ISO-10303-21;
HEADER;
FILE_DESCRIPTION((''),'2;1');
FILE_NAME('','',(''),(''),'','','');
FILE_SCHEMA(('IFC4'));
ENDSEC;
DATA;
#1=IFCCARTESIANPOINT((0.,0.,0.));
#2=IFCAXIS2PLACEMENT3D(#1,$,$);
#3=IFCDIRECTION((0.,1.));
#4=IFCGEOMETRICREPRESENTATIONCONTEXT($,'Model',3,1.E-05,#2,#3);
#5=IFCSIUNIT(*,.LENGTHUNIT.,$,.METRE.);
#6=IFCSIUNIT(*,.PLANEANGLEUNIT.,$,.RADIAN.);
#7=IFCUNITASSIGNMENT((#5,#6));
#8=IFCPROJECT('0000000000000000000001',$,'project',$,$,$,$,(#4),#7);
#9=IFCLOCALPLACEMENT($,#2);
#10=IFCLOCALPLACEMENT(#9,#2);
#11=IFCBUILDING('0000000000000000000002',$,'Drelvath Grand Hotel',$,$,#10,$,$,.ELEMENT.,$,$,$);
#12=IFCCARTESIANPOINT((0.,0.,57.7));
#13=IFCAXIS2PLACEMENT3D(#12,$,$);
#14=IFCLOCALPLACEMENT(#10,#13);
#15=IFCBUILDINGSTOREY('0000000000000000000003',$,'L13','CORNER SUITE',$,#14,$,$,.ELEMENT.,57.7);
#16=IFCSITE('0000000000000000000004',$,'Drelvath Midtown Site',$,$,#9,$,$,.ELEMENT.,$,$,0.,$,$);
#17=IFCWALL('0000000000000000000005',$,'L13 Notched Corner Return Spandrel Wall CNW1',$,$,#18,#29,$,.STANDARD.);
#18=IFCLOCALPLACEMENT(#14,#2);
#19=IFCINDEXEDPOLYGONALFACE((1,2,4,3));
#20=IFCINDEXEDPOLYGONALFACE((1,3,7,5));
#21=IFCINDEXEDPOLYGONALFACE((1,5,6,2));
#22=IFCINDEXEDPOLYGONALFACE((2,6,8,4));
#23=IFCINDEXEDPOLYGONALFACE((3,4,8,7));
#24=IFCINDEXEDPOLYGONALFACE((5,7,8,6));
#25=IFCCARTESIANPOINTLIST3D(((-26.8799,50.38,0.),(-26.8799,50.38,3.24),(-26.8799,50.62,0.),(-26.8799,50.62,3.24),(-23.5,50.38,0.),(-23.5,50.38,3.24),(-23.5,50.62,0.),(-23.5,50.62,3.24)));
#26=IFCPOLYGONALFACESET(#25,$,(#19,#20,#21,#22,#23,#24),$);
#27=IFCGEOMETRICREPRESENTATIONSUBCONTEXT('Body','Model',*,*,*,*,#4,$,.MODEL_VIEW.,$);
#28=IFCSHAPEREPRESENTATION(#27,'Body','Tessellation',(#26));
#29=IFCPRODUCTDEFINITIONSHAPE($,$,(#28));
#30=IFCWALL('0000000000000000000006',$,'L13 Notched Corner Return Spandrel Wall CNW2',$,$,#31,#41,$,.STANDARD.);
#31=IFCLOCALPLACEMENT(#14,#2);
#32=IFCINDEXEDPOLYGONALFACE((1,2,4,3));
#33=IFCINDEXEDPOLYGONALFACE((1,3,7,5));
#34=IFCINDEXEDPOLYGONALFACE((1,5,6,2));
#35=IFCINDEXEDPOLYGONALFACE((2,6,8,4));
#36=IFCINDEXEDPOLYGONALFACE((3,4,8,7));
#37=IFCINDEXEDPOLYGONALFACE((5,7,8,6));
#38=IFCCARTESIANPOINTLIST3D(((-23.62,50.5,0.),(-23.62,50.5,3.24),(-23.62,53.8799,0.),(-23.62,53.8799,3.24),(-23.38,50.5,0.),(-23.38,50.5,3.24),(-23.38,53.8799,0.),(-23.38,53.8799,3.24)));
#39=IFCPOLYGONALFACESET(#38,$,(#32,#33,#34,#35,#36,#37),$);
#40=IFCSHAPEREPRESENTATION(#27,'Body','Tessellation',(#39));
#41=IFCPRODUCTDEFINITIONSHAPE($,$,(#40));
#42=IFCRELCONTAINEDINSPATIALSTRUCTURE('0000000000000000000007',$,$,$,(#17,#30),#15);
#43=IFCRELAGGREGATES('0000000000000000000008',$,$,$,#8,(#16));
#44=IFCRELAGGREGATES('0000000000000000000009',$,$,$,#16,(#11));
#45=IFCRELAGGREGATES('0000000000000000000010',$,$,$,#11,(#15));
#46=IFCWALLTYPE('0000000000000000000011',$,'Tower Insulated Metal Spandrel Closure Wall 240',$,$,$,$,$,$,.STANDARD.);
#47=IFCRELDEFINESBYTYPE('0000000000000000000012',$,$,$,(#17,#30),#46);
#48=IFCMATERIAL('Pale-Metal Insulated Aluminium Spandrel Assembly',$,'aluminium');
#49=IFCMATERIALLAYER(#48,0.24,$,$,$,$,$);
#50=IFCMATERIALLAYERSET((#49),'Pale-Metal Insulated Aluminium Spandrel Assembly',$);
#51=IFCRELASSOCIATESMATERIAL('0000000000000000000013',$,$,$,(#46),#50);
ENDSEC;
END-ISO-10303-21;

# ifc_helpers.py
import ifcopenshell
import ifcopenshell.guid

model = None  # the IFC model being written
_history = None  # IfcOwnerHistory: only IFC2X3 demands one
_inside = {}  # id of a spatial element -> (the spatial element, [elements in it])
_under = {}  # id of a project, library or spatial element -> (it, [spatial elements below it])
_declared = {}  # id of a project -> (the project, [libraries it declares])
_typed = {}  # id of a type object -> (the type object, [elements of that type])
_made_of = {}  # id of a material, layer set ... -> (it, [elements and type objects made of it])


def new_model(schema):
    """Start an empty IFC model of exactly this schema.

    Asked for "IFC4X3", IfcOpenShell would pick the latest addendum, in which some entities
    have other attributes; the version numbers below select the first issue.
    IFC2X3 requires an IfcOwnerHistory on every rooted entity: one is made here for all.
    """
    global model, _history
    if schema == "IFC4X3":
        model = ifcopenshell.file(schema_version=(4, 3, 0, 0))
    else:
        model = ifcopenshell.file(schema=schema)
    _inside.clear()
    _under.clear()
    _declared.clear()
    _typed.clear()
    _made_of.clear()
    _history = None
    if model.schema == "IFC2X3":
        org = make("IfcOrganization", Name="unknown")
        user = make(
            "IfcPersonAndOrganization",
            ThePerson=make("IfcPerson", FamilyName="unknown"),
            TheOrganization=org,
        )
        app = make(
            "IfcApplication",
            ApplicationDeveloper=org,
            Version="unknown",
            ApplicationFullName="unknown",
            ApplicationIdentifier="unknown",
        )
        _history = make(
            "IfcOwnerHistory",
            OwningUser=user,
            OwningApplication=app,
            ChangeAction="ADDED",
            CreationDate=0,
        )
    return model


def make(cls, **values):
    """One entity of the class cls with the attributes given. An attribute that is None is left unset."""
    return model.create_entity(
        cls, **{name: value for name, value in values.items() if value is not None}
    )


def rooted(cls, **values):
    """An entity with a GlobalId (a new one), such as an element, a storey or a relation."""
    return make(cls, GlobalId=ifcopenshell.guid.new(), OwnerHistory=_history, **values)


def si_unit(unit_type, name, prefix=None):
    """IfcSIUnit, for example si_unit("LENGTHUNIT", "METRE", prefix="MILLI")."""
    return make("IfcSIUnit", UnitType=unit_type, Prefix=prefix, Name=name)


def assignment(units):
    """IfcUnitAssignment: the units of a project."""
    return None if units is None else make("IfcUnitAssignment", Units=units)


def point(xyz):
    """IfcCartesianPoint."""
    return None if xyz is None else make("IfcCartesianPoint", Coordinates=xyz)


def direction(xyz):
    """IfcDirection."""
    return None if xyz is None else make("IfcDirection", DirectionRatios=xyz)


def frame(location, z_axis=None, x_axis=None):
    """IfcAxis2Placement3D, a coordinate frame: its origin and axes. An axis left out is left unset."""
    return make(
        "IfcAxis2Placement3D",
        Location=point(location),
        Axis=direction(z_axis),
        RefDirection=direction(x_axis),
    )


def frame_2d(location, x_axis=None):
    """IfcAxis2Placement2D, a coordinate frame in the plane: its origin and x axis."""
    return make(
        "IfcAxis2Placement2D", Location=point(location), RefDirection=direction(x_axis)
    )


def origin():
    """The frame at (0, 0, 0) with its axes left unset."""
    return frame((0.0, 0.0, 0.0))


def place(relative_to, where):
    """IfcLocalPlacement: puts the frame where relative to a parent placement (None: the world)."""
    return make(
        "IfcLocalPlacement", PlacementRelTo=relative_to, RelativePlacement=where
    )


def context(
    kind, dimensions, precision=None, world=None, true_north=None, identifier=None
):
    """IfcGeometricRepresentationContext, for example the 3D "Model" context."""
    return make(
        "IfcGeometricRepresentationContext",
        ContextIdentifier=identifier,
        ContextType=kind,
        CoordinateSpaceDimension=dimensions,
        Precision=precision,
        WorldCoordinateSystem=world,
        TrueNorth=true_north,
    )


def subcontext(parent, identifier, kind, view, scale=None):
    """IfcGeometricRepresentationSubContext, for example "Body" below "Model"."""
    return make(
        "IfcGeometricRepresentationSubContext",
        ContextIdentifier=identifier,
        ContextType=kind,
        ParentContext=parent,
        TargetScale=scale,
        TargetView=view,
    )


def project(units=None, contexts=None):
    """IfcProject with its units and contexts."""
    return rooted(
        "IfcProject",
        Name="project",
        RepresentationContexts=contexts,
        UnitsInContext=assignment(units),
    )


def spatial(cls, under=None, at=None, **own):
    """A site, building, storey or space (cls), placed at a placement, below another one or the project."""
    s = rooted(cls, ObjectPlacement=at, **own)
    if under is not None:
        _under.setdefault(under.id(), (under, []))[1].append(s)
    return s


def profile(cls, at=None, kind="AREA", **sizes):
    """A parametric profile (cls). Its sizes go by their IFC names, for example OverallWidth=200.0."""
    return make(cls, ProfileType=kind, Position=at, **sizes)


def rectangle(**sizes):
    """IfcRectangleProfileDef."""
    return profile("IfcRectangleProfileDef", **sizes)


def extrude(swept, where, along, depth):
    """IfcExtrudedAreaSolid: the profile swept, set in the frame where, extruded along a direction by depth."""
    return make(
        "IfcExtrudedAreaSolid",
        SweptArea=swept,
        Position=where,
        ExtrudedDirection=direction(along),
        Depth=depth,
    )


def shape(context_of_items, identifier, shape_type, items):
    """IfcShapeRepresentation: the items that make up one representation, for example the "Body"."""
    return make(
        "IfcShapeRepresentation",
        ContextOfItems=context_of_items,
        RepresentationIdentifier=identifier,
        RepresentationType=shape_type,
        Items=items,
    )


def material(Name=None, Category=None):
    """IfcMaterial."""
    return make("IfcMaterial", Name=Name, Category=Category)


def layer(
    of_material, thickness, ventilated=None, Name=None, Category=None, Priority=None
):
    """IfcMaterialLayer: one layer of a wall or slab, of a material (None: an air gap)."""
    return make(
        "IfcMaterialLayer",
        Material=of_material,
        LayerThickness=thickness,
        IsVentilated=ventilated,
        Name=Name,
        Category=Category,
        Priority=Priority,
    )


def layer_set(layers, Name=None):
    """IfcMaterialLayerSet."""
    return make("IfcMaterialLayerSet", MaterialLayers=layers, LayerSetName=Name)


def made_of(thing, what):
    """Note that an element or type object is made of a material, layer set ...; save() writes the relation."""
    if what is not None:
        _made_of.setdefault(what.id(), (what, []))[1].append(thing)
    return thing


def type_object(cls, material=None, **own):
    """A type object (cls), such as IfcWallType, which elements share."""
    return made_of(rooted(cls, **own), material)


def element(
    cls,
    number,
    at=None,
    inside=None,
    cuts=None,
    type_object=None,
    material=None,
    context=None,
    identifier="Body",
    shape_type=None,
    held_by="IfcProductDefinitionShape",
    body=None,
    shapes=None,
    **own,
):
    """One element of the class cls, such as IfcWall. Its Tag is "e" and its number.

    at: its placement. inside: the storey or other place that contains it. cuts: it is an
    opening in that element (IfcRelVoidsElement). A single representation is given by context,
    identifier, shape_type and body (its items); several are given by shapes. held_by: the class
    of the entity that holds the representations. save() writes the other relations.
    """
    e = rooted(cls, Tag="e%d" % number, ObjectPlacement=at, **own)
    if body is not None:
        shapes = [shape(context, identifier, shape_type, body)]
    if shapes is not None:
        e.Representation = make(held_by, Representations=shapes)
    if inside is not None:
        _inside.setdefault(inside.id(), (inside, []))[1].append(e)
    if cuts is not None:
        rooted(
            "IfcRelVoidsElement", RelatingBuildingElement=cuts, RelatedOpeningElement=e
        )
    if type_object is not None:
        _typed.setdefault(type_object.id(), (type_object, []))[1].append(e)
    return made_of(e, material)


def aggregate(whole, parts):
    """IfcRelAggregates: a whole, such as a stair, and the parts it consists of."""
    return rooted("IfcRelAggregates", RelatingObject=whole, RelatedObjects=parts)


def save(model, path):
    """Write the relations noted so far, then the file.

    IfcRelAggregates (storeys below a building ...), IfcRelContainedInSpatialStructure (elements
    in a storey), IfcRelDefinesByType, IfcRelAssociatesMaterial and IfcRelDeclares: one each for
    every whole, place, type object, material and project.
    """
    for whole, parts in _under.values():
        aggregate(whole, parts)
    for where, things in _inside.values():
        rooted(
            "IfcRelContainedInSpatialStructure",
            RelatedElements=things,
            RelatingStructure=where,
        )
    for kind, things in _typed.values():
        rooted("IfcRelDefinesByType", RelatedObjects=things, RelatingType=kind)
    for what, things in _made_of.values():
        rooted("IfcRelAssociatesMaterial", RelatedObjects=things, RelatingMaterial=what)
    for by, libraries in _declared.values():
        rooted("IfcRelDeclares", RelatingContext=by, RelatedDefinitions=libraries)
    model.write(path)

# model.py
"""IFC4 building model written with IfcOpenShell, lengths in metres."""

from ifc_helpers import new_model, si_unit, direction, frame, frame_2d, origin, place, context, subcontext, project, spatial, rectangle, extrude, material, layer, layer_set, type_object, element, save


model = new_model("IFC4")

# Units and contexts
model_context = context("Model", 3, precision=1e-05, world=origin(), true_north=direction((0.0, 1.0)))
body_context = subcontext(model_context, "Body", "Model", "MODEL_VIEW")
ifc_project = project(units=[si_unit("LENGTHUNIT", "METRE"), si_unit("PLANEANGLEUNIT", "RADIAN")], contexts=[model_context])

# Site, building, storey
site_placement = place(None, origin())
site = spatial("IfcSite", under=ifc_project, at=site_placement, Name="Drelvath Midtown Site", CompositionType="ELEMENT", RefElevation=0.0)
building_placement = place(site_placement, origin())
building = spatial("IfcBuilding", under=site, at=building_placement, Name="Drelvath Grand Hotel", CompositionType="ELEMENT")
storey_placement = place(building_placement, frame((0.0, 0.0, 57.7)))
storey = spatial("IfcBuildingStorey", under=building, at=storey_placement, Name="L13", Description="CORNER SUITE", CompositionType="ELEMENT", Elevation=57.7)

# Walls
ifc_material_1 = material(Name="Pale-Metal Insulated Aluminium Spandrel Assembly", Category="aluminium")
ifc_layer_1 = layer(ifc_material_1, 0.24)
ifc_layer_set_1 = layer_set([ifc_layer_1], Name="Pale-Metal Insulated Aluminium Spandrel Assembly")
wall_type_1 = type_object("IfcWallType", Name="Tower Insulated Metal Spandrel Closure Wall 240", PredefinedType="STANDARD", material=ifc_layer_set_1)
for number, where, z_axis, x_axis, name in (
    (1, (-26.8799, 50.5, 0.0), (0.0, 0.0, 1.0), (1.0, 0.0, 0.0), "L13 Notched Corner Return Spandrel Wall CNW1"),
    (2, (-23.5, 50.5, 0.0), (0.0, 0.0, 1.0), (0.0, 1.0, 0.0), "L13 Notched Corner Return Spandrel Wall CNW2"),
):
    element("IfcWall", number, at=place(storey_placement, frame(where, z_axis=z_axis, x_axis=x_axis)), inside=storey, type_object=wall_type_1, Name=name, PredefinedType="STANDARD", context=body_context, shape_type="SweptSolid", body=[
        extrude(rectangle(XDim=3.3799, YDim=0.24, at=frame_2d((1.6899, 0.0))), origin(), (0.0, 0.0, 1.0), 3.24),
    ])

save(model, "model.ifc")
